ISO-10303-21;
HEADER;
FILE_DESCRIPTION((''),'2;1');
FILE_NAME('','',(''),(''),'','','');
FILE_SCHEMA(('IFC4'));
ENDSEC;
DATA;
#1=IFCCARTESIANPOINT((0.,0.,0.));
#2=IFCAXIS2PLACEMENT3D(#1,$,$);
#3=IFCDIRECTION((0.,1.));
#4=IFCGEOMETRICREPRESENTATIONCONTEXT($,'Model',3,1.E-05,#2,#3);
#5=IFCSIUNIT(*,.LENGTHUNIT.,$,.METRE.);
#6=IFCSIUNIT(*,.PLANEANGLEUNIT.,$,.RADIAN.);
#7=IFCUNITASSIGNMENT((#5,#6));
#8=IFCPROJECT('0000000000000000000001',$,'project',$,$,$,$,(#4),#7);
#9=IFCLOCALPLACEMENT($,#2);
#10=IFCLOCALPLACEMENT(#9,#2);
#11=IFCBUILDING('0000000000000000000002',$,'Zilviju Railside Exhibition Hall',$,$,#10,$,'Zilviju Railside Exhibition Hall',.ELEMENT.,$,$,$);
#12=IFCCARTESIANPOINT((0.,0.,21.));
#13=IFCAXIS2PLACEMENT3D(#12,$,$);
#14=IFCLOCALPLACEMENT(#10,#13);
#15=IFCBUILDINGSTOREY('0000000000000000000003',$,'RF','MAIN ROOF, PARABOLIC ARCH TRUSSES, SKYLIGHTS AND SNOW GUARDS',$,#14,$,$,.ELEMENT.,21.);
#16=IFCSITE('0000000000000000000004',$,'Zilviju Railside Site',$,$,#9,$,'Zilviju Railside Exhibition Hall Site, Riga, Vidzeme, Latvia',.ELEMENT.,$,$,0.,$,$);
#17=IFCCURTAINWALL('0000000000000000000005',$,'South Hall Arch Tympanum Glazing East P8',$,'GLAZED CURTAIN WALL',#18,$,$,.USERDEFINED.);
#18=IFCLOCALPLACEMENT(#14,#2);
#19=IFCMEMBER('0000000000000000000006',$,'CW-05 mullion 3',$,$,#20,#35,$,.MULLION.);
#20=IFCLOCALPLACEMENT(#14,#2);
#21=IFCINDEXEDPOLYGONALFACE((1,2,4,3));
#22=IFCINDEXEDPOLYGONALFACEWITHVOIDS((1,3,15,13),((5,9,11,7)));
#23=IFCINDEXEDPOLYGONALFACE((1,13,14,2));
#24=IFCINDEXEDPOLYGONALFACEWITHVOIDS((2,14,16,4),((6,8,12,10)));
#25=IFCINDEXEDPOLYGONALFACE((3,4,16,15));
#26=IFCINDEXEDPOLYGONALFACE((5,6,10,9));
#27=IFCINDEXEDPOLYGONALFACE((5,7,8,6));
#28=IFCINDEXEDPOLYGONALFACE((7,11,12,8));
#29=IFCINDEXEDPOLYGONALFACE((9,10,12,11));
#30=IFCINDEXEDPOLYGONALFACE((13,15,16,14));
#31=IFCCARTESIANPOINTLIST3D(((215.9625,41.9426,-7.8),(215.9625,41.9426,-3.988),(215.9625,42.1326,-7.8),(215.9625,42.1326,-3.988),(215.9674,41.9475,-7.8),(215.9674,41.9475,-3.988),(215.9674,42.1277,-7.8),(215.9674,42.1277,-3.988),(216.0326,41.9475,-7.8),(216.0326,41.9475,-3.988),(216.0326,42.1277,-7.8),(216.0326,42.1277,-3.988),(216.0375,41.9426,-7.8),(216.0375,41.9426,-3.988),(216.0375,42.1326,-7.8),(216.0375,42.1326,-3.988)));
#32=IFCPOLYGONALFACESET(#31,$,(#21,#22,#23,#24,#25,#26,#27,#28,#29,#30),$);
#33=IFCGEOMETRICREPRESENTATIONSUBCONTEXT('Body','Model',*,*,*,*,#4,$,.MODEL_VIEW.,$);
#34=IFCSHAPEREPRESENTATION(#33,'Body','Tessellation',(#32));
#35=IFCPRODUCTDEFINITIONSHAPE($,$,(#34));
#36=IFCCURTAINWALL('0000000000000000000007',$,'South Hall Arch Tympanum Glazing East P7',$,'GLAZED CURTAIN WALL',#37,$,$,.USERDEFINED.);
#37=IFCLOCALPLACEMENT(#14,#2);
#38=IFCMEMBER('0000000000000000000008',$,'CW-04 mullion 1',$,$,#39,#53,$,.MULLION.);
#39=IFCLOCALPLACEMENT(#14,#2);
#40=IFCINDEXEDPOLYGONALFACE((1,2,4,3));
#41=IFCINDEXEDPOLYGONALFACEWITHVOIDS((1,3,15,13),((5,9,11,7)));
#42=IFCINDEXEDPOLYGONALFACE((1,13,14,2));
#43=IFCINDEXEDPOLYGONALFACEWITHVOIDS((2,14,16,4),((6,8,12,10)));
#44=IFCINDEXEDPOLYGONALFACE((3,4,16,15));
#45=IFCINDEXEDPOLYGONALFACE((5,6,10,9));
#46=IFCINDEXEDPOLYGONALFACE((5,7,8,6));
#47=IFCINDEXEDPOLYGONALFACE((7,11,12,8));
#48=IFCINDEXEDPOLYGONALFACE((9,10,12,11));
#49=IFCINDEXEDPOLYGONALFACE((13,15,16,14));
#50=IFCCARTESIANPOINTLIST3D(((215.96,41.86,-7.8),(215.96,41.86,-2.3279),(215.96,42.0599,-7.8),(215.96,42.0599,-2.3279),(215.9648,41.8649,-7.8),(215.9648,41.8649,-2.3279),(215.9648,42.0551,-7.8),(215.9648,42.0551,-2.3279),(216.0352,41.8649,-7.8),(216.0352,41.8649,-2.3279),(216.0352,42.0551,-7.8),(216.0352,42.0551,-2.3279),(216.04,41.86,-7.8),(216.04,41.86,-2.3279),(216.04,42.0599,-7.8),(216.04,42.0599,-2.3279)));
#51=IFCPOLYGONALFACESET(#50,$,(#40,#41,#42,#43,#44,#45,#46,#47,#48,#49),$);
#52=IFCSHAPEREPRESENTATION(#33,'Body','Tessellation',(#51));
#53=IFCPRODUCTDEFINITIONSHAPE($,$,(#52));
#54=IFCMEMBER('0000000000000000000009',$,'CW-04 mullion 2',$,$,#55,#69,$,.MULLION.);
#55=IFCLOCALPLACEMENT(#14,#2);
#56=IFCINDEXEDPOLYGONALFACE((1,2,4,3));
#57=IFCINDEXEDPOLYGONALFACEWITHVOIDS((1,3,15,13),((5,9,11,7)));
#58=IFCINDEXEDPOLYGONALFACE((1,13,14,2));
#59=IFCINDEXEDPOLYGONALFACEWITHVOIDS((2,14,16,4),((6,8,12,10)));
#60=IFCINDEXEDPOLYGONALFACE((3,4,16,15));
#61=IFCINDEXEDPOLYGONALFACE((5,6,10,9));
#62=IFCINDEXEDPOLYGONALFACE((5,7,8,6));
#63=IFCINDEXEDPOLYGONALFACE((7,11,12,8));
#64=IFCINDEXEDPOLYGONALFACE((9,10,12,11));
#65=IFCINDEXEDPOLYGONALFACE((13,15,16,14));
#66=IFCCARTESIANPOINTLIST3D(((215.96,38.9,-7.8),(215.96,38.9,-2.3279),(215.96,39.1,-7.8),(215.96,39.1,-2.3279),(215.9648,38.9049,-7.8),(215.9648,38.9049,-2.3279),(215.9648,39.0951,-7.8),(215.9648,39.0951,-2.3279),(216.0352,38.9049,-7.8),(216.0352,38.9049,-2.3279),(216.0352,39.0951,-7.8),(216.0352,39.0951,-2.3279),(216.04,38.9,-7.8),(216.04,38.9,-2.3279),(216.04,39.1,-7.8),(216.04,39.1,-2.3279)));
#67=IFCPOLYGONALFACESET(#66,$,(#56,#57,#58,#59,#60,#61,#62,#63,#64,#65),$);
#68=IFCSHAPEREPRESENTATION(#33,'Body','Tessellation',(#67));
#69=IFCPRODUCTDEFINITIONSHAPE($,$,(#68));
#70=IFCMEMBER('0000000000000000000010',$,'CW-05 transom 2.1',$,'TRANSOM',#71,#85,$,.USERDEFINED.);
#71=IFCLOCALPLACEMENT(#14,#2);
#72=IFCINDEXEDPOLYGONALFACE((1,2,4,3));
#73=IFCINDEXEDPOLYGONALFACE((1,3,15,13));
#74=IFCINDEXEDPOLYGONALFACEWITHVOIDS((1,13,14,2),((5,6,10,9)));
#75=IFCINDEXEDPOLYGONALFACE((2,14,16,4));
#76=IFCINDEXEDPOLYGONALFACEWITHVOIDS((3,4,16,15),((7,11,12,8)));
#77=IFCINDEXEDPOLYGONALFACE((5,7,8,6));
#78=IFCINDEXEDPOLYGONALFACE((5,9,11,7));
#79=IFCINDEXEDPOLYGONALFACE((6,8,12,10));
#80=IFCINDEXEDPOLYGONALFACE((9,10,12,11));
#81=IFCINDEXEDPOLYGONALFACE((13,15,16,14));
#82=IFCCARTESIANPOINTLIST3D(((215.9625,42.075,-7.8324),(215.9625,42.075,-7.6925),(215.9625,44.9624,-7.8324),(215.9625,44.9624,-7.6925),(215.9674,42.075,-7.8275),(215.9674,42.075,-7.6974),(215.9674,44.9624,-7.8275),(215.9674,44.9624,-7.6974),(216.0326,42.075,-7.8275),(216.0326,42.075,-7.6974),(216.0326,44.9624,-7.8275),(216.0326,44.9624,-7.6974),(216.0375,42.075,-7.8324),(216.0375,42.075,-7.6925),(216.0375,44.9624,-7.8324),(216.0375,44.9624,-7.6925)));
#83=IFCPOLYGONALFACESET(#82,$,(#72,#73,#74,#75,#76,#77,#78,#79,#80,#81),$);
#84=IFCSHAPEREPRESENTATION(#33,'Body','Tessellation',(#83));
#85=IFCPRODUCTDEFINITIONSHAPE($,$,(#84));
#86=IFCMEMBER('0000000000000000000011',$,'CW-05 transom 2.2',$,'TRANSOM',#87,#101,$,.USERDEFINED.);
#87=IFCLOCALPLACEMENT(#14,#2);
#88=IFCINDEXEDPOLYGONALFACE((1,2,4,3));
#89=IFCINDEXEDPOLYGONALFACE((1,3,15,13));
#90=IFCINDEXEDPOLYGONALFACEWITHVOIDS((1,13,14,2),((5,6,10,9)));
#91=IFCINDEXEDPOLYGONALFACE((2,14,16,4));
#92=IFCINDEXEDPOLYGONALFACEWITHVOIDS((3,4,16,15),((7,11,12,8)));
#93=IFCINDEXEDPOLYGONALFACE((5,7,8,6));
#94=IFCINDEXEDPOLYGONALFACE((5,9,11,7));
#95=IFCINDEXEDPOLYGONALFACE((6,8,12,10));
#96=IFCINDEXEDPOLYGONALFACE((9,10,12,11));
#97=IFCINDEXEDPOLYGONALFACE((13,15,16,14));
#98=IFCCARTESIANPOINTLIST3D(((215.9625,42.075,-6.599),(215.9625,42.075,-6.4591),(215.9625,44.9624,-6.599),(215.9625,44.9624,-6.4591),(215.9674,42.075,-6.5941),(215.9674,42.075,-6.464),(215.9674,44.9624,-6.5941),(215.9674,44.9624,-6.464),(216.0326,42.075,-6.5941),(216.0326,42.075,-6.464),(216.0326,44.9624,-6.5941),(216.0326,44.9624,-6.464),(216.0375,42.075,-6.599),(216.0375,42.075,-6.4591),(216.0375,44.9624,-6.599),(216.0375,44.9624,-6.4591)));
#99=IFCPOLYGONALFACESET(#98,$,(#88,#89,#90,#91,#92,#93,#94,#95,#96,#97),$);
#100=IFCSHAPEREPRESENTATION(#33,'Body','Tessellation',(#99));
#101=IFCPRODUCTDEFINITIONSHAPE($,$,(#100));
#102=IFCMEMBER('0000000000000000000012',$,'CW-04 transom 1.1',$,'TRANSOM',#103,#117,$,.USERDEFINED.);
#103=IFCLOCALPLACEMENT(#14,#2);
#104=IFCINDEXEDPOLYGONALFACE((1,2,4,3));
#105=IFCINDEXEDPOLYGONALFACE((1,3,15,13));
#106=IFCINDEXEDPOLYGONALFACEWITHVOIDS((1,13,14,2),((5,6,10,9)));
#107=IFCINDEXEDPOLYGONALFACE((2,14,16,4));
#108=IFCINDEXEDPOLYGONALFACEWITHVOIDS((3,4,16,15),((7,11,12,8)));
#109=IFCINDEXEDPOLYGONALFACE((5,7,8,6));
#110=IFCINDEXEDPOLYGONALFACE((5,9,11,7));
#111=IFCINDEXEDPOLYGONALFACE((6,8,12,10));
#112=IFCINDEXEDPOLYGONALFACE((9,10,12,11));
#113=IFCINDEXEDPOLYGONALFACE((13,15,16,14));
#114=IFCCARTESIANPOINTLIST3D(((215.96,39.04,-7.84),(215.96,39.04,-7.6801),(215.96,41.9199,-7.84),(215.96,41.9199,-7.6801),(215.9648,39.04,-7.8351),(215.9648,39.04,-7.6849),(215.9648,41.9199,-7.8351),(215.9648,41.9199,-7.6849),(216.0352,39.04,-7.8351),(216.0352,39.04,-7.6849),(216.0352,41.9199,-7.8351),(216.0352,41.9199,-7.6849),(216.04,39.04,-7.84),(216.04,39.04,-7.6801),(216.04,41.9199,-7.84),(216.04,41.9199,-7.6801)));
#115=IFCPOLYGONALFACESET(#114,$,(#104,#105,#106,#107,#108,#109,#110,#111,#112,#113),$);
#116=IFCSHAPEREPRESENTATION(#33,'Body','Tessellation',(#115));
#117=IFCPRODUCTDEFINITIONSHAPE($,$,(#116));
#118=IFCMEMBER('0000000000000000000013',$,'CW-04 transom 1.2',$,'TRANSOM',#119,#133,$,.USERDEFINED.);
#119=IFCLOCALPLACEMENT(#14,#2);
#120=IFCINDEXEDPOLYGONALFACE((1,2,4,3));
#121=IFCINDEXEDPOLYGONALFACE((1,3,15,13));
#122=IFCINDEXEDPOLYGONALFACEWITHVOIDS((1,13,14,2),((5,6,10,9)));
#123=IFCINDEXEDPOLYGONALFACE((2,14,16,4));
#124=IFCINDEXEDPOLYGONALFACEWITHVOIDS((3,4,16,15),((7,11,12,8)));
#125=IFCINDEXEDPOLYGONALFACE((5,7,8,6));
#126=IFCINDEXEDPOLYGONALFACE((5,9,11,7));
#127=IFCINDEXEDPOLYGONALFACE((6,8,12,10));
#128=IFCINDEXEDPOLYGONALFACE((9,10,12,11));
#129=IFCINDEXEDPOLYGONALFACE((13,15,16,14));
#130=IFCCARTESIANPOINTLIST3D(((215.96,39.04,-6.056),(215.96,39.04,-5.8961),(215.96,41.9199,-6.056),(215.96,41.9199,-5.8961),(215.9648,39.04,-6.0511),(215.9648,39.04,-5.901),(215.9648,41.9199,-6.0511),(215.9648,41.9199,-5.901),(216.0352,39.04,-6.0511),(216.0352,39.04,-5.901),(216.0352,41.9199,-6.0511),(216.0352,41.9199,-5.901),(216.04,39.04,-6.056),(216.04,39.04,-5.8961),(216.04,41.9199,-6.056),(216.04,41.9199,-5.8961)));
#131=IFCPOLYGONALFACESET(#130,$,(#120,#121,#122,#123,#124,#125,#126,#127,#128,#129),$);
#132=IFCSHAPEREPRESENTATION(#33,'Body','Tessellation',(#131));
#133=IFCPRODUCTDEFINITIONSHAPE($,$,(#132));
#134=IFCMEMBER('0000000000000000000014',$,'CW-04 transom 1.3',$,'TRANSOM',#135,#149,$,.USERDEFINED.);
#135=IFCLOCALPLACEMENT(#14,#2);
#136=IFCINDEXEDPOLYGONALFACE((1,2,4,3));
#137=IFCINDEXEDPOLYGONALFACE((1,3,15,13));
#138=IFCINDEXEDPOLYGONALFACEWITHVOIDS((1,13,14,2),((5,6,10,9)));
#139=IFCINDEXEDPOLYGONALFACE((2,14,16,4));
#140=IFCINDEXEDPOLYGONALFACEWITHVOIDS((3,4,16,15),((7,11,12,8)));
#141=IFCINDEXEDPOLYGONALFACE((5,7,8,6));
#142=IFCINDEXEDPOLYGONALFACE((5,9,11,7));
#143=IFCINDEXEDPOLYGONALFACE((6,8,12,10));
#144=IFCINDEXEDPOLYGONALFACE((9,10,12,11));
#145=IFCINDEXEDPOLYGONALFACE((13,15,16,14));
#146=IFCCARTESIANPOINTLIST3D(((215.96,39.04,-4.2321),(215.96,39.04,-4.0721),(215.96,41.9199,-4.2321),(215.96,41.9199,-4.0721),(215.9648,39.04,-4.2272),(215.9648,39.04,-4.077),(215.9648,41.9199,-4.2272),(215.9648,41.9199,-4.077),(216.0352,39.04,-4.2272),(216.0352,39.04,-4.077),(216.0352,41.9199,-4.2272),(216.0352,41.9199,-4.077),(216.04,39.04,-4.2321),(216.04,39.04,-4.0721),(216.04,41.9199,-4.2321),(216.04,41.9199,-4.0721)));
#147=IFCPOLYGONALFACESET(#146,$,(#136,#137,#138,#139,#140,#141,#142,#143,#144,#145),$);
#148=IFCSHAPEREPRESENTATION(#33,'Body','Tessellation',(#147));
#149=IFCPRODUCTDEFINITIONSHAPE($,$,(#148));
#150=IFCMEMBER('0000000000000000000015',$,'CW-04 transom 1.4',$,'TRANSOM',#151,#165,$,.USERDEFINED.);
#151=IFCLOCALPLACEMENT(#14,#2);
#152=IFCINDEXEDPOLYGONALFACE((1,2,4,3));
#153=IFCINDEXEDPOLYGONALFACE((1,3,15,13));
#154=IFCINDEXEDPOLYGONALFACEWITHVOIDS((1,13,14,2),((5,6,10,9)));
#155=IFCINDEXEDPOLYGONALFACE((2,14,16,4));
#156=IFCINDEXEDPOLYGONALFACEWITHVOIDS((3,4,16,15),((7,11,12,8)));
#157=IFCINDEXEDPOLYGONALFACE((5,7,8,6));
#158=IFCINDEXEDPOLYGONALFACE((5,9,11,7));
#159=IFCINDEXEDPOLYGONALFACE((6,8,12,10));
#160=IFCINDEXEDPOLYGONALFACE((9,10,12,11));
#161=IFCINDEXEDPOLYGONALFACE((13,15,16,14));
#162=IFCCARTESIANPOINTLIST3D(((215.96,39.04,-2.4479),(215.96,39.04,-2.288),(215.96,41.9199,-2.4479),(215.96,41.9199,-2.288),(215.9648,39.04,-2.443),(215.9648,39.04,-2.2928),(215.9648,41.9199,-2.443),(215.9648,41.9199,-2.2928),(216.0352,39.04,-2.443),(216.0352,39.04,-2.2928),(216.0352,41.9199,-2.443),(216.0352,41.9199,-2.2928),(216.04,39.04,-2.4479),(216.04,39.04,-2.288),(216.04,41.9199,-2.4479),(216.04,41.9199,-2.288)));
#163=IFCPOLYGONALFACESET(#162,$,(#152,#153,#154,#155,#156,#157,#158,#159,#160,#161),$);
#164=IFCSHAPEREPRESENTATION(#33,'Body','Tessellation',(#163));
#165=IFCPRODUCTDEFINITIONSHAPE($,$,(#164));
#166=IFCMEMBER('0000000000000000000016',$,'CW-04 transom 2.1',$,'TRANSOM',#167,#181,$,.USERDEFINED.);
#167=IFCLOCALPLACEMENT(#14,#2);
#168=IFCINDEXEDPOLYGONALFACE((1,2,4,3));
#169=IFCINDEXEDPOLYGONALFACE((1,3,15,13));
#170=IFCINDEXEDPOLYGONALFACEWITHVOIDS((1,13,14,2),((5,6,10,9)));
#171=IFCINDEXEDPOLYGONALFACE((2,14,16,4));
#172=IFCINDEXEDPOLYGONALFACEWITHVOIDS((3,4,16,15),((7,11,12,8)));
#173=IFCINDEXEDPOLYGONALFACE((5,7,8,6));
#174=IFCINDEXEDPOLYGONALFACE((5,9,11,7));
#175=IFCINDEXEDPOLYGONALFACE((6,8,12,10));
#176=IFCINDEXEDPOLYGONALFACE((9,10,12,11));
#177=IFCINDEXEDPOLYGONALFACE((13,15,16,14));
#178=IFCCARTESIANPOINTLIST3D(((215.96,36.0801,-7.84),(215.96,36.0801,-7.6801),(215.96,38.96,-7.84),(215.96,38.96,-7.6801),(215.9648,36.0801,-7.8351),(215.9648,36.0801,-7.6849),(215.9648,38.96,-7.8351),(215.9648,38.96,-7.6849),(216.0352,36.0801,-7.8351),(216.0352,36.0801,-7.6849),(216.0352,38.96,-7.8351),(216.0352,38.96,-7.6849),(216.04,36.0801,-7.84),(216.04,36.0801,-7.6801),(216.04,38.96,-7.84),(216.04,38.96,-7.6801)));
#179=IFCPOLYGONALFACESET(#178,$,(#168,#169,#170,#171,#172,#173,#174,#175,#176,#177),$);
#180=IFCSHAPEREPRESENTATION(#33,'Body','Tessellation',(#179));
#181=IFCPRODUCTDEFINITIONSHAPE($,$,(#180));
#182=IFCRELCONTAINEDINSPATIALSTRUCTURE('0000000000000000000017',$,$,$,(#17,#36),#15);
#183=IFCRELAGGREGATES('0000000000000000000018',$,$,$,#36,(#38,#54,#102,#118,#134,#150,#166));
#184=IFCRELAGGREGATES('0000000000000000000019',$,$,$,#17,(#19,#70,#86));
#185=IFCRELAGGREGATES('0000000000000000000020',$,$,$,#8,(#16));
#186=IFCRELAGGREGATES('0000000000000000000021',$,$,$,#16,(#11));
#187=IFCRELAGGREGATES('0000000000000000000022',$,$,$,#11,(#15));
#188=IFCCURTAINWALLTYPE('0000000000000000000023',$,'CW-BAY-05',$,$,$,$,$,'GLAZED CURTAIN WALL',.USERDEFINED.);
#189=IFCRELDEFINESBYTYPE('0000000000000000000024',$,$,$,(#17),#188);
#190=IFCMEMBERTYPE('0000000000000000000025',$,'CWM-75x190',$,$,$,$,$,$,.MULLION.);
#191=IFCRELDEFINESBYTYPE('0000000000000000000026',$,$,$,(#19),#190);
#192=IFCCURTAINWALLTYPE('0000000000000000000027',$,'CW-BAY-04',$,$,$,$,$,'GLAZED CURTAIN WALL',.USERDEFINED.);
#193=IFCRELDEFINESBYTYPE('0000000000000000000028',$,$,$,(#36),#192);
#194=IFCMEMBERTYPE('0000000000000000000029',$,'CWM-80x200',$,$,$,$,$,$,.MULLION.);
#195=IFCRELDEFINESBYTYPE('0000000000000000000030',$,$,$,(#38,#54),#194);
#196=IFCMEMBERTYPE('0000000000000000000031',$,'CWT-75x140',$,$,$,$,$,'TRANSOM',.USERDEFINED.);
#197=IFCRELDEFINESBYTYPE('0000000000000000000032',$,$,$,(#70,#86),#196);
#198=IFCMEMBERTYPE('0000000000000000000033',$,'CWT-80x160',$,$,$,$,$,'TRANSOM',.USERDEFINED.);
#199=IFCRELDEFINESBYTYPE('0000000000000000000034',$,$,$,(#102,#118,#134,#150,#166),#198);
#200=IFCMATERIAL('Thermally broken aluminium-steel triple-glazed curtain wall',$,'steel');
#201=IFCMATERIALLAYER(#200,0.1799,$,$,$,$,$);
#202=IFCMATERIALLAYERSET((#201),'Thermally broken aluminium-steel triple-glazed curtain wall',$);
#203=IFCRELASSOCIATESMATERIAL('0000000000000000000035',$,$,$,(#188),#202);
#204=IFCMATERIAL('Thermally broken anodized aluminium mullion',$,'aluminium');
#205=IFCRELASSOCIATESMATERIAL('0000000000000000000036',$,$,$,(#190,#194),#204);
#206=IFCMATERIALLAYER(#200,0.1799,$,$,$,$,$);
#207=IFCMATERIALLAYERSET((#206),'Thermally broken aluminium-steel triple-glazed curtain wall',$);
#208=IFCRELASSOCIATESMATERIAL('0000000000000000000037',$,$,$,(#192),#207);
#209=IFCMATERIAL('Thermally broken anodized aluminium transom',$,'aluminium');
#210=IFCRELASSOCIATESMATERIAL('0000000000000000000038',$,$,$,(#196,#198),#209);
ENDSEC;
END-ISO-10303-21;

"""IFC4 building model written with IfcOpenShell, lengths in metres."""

from ifc_helpers import new_model, si_unit, direction, frame, origin, origin_2d, place, context, subcontext, project, spatial, hollow_rectangle, extrude, material, layer, layer_set, material_profile, profile_set, type_object, element, aggregate, save


model = new_model("IFC4")

# Units and contexts
model_context = context("Model", 3, precision=1e-05, world=origin(), true_north=direction((0.0, 1.0)))
body_context = subcontext(model_context, "Body", "Model", "MODEL_VIEW")
ifc_project = project(units=[si_unit("LENGTHUNIT", "METRE"), si_unit("PLANEANGLEUNIT", "RADIAN")], contexts=[model_context])

# Site, building, storey
site_placement = place(None, origin())
site = spatial("IfcSite", under=ifc_project, at=site_placement, Name="Zilviju Railside Site", LongName="Zilviju Railside Exhibition Hall Site, Riga, Vidzeme, Latvia", CompositionType="ELEMENT", RefElevation=0.0)
building_placement = place(site_placement, origin())
building = spatial("IfcBuilding", under=site, at=building_placement, Name="Zilviju Railside Exhibition Hall", LongName="Zilviju Railside Exhibition Hall", CompositionType="ELEMENT")
storey_placement = place(building_placement, frame((0.0, 0.0, 21.0)))
storey = spatial("IfcBuildingStorey", under=building, at=storey_placement, Name="RF", Description="MAIN ROOF, PARABOLIC ARCH TRUSSES, SKYLIGHTS AND SNOW GUARDS", CompositionType="ELEMENT", Elevation=21.0)

# Curtain wall, member
ifc_material_1 = material(Name="Thermally broken aluminium-steel triple-glazed curtain wall", Category="steel")
ifc_layer_1 = layer(ifc_material_1, 0.1799)
ifc_layer_set_1 = layer_set([ifc_layer_1], Name="Thermally broken aluminium-steel triple-glazed curtain wall")
curtain_wall_type_1 = type_object("IfcCurtainWallType", Name="CW-BAY-05", ElementType="GLAZED CURTAIN WALL", PredefinedType="USERDEFINED", material=ifc_layer_set_1)
curtain_wall_1_placement = place(storey_placement, origin())
curtain_wall_1 = element("IfcCurtainWall", 1, at=curtain_wall_1_placement, inside=storey, type_object=curtain_wall_type_1, Name="South Hall Arch Tympanum Glazing East P8", ObjectType="GLAZED CURTAIN WALL", PredefinedType="USERDEFINED")
ifc_material_2 = material(Name="Thermally broken anodized aluminium mullion", Category="aluminium")
ifc_material_profile_1 = material_profile(ifc_material_2, hollow_rectangle(XDim=0.075, YDim=0.1899, WallThickness=0.0049, at=origin_2d()), Name="MULLION 190x75x5")
ifc_profile_set_1 = profile_set([ifc_material_profile_1], Name="Thermally broken anodized aluminium mullion")
member_type_1 = type_object("IfcMemberType", Name="CWM-75x190", PredefinedType="MULLION", material=ifc_profile_set_1)
member_1_placement = place(storey_placement, frame((216.0, 42.0376, -7.8), z_axis=(0.0, 0.0, 1.0), x_axis=(1.0, 0.0, 0.0)))
member_1 = element("IfcMember", 2, at=member_1_placement, type_object=member_type_1, Name="CW-05 mullion 3", PredefinedType="MULLION", context=body_context, shape_type="SweptSolid", body=[
    extrude(hollow_rectangle(XDim=0.075, YDim=0.1899, WallThickness=0.0049, at=origin_2d()), origin(), (0.0, 0.0, 1.0), 3.812),
])

# Curtain wall, members
ifc_layer_2 = layer(ifc_material_1, 0.1799)
ifc_layer_set_2 = layer_set([ifc_layer_2], Name="Thermally broken aluminium-steel triple-glazed curtain wall")
curtain_wall_type_2 = type_object("IfcCurtainWallType", Name="CW-BAY-04", ElementType="GLAZED CURTAIN WALL", PredefinedType="USERDEFINED", material=ifc_layer_set_2)
curtain_wall_2_placement = place(storey_placement, origin())
curtain_wall_2 = element("IfcCurtainWall", 3, at=curtain_wall_2_placement, inside=storey, type_object=curtain_wall_type_2, Name="South Hall Arch Tympanum Glazing East P7", ObjectType="GLAZED CURTAIN WALL", PredefinedType="USERDEFINED")
ifc_material_profile_2 = material_profile(ifc_material_2, hollow_rectangle(XDim=0.0801, YDim=0.2, WallThickness=0.0049, at=origin_2d()), Name="MULLION 200x80x5")
ifc_profile_set_2 = profile_set([ifc_material_profile_2], Name="Thermally broken anodized aluminium mullion")
member_type_2 = type_object("IfcMemberType", Name="CWM-80x200", PredefinedType="MULLION", material=ifc_profile_set_2)
member_2_placement = place(storey_placement, frame((216.0, 41.96, -7.8), z_axis=(0.0, 0.0, 1.0), x_axis=(1.0, 0.0, 0.0)))
member_2 = element("IfcMember", 4, at=member_2_placement, type_object=member_type_2, Name="CW-04 mullion 1", PredefinedType="MULLION", context=body_context, shape_type="SweptSolid", body=[
    extrude(hollow_rectangle(XDim=0.0801, YDim=0.2, WallThickness=0.0049, at=origin_2d()), origin(), (0.0, 0.0, 1.0), 5.4722),
])
member_3_placement = place(storey_placement, frame((216.0, 39.0, -7.8), z_axis=(0.0, 0.0, 1.0), x_axis=(1.0, 0.0, 0.0)))
member_3 = element("IfcMember", 5, at=member_3_placement, type_object=member_type_2, Name="CW-04 mullion 2", PredefinedType="MULLION", context=body_context, shape_type="SweptSolid", body=[
    extrude(hollow_rectangle(XDim=0.0801, YDim=0.2, WallThickness=0.0049, at=origin_2d()), origin(), (0.0, 0.0, 1.0), 5.4722),
])

# Members
ifc_material_3 = material(Name="Thermally broken anodized aluminium transom", Category="aluminium")
ifc_material_profile_3 = material_profile(ifc_material_3, hollow_rectangle(XDim=0.075, YDim=0.1399, WallThickness=0.0049, at=origin_2d()), Name="TRANSOM 140x75x5")
ifc_profile_set_3 = profile_set([ifc_material_profile_3], Name="Thermally broken anodized aluminium transom")
member_type_3 = type_object("IfcMemberType", Name="CWT-75x140", ElementType="TRANSOM", PredefinedType="USERDEFINED", material=ifc_profile_set_3)
member_4_placement = place(storey_placement, frame((216.0, 44.9624, -7.7625), z_axis=(0.0, -1.0, 0.0), x_axis=(1.0, 0.0, 0.0)))
member_4 = element("IfcMember", 6, at=member_4_placement, type_object=member_type_3, Name="CW-05 transom 2.1", ObjectType="TRANSOM", PredefinedType="USERDEFINED", context=body_context, shape_type="SweptSolid", body=[
    extrude(hollow_rectangle(XDim=0.075, YDim=0.1399, WallThickness=0.0049, at=origin_2d()), origin(), (0.0, 0.0, 1.0), 2.8875),
])
member_5_placement = place(storey_placement, frame((216.0, 44.9624, -6.5291), z_axis=(0.0, -1.0, 0.0), x_axis=(1.0, 0.0, 0.0)))
member_5 = element("IfcMember", 7, at=member_5_placement, type_object=member_type_3, Name="CW-05 transom 2.2", ObjectType="TRANSOM", PredefinedType="USERDEFINED", context=body_context, shape_type="SweptSolid", body=[
    extrude(hollow_rectangle(XDim=0.075, YDim=0.1399, WallThickness=0.0049, at=origin_2d()), origin(), (0.0, 0.0, 1.0), 2.8875),
])
ifc_material_profile_4 = material_profile(ifc_material_3, hollow_rectangle(XDim=0.0801, YDim=0.1599, WallThickness=0.0049, at=origin_2d()), Name="TRANSOM 160x80x5")
ifc_profile_set_4 = profile_set([ifc_material_profile_4], Name="Thermally broken anodized aluminium transom")
member_type_4 = type_object("IfcMemberType", Name="CWT-80x160", ElementType="TRANSOM", PredefinedType="USERDEFINED", material=ifc_profile_set_4)
member_6_placement = place(storey_placement, frame((216.0, 41.9199, -7.76), z_axis=(0.0, -1.0, 0.0), x_axis=(1.0, 0.0, 0.0)))
member_6 = element("IfcMember", 8, at=member_6_placement, type_object=member_type_4, Name="CW-04 transom 1.1", ObjectType="TRANSOM", PredefinedType="USERDEFINED", context=body_context, shape_type="SweptSolid", body=[
    extrude(hollow_rectangle(XDim=0.0801, YDim=0.1599, WallThickness=0.0049, at=origin_2d()), origin(), (0.0, 0.0, 1.0), 2.8799),
])
member_7_placement = place(storey_placement, frame((216.0, 41.9199, -5.9761), z_axis=(0.0, -1.0, 0.0), x_axis=(1.0, 0.0, 0.0)))
member_7 = element("IfcMember", 9, at=member_7_placement, type_object=member_type_4, Name="CW-04 transom 1.2", ObjectType="TRANSOM", PredefinedType="USERDEFINED", context=body_context, shape_type="SweptSolid", body=[
    extrude(hollow_rectangle(XDim=0.0801, YDim=0.1599, WallThickness=0.0049, at=origin_2d()), origin(), (0.0, 0.0, 1.0), 2.8799),
])
member_8_placement = place(storey_placement, frame((216.0, 41.9199, -4.1521), z_axis=(0.0, -1.0, 0.0), x_axis=(1.0, 0.0, 0.0)))
member_8 = element("IfcMember", 10, at=member_8_placement, type_object=member_type_4, Name="CW-04 transom 1.3", ObjectType="TRANSOM", PredefinedType="USERDEFINED", context=body_context, shape_type="SweptSolid", body=[
    extrude(hollow_rectangle(XDim=0.0801, YDim=0.1599, WallThickness=0.0049, at=origin_2d()), origin(), (0.0, 0.0, 1.0), 2.8799),
])
member_9_placement = place(storey_placement, frame((216.0, 41.9199, -2.3679), z_axis=(0.0, -1.0, 0.0), x_axis=(1.0, 0.0, 0.0)))
member_9 = element("IfcMember", 11, at=member_9_placement, type_object=member_type_4, Name="CW-04 transom 1.4", ObjectType="TRANSOM", PredefinedType="USERDEFINED", context=body_context, shape_type="SweptSolid", body=[
    extrude(hollow_rectangle(XDim=0.0801, YDim=0.1599, WallThickness=0.0049, at=origin_2d()), origin(), (0.0, 0.0, 1.0), 2.8799),
])
member_10_placement = place(storey_placement, frame((216.0, 38.96, -7.76), z_axis=(0.0, -1.0, 0.0), x_axis=(1.0, 0.0, 0.0)))
member_10 = element("IfcMember", 12, at=member_10_placement, type_object=member_type_4, Name="CW-04 transom 2.1", ObjectType="TRANSOM", PredefinedType="USERDEFINED", context=body_context, shape_type="SweptSolid", body=[
    extrude(hollow_rectangle(XDim=0.0801, YDim=0.1599, WallThickness=0.0049, at=origin_2d()), origin(), (0.0, 0.0, 1.0), 2.8799),
])

aggregate(curtain_wall_2, [member_2, member_3, member_6, member_7, member_8, member_9, member_10])
aggregate(curtain_wall_1, [member_1, member_4, member_5])

save(model, "model.ifc")
